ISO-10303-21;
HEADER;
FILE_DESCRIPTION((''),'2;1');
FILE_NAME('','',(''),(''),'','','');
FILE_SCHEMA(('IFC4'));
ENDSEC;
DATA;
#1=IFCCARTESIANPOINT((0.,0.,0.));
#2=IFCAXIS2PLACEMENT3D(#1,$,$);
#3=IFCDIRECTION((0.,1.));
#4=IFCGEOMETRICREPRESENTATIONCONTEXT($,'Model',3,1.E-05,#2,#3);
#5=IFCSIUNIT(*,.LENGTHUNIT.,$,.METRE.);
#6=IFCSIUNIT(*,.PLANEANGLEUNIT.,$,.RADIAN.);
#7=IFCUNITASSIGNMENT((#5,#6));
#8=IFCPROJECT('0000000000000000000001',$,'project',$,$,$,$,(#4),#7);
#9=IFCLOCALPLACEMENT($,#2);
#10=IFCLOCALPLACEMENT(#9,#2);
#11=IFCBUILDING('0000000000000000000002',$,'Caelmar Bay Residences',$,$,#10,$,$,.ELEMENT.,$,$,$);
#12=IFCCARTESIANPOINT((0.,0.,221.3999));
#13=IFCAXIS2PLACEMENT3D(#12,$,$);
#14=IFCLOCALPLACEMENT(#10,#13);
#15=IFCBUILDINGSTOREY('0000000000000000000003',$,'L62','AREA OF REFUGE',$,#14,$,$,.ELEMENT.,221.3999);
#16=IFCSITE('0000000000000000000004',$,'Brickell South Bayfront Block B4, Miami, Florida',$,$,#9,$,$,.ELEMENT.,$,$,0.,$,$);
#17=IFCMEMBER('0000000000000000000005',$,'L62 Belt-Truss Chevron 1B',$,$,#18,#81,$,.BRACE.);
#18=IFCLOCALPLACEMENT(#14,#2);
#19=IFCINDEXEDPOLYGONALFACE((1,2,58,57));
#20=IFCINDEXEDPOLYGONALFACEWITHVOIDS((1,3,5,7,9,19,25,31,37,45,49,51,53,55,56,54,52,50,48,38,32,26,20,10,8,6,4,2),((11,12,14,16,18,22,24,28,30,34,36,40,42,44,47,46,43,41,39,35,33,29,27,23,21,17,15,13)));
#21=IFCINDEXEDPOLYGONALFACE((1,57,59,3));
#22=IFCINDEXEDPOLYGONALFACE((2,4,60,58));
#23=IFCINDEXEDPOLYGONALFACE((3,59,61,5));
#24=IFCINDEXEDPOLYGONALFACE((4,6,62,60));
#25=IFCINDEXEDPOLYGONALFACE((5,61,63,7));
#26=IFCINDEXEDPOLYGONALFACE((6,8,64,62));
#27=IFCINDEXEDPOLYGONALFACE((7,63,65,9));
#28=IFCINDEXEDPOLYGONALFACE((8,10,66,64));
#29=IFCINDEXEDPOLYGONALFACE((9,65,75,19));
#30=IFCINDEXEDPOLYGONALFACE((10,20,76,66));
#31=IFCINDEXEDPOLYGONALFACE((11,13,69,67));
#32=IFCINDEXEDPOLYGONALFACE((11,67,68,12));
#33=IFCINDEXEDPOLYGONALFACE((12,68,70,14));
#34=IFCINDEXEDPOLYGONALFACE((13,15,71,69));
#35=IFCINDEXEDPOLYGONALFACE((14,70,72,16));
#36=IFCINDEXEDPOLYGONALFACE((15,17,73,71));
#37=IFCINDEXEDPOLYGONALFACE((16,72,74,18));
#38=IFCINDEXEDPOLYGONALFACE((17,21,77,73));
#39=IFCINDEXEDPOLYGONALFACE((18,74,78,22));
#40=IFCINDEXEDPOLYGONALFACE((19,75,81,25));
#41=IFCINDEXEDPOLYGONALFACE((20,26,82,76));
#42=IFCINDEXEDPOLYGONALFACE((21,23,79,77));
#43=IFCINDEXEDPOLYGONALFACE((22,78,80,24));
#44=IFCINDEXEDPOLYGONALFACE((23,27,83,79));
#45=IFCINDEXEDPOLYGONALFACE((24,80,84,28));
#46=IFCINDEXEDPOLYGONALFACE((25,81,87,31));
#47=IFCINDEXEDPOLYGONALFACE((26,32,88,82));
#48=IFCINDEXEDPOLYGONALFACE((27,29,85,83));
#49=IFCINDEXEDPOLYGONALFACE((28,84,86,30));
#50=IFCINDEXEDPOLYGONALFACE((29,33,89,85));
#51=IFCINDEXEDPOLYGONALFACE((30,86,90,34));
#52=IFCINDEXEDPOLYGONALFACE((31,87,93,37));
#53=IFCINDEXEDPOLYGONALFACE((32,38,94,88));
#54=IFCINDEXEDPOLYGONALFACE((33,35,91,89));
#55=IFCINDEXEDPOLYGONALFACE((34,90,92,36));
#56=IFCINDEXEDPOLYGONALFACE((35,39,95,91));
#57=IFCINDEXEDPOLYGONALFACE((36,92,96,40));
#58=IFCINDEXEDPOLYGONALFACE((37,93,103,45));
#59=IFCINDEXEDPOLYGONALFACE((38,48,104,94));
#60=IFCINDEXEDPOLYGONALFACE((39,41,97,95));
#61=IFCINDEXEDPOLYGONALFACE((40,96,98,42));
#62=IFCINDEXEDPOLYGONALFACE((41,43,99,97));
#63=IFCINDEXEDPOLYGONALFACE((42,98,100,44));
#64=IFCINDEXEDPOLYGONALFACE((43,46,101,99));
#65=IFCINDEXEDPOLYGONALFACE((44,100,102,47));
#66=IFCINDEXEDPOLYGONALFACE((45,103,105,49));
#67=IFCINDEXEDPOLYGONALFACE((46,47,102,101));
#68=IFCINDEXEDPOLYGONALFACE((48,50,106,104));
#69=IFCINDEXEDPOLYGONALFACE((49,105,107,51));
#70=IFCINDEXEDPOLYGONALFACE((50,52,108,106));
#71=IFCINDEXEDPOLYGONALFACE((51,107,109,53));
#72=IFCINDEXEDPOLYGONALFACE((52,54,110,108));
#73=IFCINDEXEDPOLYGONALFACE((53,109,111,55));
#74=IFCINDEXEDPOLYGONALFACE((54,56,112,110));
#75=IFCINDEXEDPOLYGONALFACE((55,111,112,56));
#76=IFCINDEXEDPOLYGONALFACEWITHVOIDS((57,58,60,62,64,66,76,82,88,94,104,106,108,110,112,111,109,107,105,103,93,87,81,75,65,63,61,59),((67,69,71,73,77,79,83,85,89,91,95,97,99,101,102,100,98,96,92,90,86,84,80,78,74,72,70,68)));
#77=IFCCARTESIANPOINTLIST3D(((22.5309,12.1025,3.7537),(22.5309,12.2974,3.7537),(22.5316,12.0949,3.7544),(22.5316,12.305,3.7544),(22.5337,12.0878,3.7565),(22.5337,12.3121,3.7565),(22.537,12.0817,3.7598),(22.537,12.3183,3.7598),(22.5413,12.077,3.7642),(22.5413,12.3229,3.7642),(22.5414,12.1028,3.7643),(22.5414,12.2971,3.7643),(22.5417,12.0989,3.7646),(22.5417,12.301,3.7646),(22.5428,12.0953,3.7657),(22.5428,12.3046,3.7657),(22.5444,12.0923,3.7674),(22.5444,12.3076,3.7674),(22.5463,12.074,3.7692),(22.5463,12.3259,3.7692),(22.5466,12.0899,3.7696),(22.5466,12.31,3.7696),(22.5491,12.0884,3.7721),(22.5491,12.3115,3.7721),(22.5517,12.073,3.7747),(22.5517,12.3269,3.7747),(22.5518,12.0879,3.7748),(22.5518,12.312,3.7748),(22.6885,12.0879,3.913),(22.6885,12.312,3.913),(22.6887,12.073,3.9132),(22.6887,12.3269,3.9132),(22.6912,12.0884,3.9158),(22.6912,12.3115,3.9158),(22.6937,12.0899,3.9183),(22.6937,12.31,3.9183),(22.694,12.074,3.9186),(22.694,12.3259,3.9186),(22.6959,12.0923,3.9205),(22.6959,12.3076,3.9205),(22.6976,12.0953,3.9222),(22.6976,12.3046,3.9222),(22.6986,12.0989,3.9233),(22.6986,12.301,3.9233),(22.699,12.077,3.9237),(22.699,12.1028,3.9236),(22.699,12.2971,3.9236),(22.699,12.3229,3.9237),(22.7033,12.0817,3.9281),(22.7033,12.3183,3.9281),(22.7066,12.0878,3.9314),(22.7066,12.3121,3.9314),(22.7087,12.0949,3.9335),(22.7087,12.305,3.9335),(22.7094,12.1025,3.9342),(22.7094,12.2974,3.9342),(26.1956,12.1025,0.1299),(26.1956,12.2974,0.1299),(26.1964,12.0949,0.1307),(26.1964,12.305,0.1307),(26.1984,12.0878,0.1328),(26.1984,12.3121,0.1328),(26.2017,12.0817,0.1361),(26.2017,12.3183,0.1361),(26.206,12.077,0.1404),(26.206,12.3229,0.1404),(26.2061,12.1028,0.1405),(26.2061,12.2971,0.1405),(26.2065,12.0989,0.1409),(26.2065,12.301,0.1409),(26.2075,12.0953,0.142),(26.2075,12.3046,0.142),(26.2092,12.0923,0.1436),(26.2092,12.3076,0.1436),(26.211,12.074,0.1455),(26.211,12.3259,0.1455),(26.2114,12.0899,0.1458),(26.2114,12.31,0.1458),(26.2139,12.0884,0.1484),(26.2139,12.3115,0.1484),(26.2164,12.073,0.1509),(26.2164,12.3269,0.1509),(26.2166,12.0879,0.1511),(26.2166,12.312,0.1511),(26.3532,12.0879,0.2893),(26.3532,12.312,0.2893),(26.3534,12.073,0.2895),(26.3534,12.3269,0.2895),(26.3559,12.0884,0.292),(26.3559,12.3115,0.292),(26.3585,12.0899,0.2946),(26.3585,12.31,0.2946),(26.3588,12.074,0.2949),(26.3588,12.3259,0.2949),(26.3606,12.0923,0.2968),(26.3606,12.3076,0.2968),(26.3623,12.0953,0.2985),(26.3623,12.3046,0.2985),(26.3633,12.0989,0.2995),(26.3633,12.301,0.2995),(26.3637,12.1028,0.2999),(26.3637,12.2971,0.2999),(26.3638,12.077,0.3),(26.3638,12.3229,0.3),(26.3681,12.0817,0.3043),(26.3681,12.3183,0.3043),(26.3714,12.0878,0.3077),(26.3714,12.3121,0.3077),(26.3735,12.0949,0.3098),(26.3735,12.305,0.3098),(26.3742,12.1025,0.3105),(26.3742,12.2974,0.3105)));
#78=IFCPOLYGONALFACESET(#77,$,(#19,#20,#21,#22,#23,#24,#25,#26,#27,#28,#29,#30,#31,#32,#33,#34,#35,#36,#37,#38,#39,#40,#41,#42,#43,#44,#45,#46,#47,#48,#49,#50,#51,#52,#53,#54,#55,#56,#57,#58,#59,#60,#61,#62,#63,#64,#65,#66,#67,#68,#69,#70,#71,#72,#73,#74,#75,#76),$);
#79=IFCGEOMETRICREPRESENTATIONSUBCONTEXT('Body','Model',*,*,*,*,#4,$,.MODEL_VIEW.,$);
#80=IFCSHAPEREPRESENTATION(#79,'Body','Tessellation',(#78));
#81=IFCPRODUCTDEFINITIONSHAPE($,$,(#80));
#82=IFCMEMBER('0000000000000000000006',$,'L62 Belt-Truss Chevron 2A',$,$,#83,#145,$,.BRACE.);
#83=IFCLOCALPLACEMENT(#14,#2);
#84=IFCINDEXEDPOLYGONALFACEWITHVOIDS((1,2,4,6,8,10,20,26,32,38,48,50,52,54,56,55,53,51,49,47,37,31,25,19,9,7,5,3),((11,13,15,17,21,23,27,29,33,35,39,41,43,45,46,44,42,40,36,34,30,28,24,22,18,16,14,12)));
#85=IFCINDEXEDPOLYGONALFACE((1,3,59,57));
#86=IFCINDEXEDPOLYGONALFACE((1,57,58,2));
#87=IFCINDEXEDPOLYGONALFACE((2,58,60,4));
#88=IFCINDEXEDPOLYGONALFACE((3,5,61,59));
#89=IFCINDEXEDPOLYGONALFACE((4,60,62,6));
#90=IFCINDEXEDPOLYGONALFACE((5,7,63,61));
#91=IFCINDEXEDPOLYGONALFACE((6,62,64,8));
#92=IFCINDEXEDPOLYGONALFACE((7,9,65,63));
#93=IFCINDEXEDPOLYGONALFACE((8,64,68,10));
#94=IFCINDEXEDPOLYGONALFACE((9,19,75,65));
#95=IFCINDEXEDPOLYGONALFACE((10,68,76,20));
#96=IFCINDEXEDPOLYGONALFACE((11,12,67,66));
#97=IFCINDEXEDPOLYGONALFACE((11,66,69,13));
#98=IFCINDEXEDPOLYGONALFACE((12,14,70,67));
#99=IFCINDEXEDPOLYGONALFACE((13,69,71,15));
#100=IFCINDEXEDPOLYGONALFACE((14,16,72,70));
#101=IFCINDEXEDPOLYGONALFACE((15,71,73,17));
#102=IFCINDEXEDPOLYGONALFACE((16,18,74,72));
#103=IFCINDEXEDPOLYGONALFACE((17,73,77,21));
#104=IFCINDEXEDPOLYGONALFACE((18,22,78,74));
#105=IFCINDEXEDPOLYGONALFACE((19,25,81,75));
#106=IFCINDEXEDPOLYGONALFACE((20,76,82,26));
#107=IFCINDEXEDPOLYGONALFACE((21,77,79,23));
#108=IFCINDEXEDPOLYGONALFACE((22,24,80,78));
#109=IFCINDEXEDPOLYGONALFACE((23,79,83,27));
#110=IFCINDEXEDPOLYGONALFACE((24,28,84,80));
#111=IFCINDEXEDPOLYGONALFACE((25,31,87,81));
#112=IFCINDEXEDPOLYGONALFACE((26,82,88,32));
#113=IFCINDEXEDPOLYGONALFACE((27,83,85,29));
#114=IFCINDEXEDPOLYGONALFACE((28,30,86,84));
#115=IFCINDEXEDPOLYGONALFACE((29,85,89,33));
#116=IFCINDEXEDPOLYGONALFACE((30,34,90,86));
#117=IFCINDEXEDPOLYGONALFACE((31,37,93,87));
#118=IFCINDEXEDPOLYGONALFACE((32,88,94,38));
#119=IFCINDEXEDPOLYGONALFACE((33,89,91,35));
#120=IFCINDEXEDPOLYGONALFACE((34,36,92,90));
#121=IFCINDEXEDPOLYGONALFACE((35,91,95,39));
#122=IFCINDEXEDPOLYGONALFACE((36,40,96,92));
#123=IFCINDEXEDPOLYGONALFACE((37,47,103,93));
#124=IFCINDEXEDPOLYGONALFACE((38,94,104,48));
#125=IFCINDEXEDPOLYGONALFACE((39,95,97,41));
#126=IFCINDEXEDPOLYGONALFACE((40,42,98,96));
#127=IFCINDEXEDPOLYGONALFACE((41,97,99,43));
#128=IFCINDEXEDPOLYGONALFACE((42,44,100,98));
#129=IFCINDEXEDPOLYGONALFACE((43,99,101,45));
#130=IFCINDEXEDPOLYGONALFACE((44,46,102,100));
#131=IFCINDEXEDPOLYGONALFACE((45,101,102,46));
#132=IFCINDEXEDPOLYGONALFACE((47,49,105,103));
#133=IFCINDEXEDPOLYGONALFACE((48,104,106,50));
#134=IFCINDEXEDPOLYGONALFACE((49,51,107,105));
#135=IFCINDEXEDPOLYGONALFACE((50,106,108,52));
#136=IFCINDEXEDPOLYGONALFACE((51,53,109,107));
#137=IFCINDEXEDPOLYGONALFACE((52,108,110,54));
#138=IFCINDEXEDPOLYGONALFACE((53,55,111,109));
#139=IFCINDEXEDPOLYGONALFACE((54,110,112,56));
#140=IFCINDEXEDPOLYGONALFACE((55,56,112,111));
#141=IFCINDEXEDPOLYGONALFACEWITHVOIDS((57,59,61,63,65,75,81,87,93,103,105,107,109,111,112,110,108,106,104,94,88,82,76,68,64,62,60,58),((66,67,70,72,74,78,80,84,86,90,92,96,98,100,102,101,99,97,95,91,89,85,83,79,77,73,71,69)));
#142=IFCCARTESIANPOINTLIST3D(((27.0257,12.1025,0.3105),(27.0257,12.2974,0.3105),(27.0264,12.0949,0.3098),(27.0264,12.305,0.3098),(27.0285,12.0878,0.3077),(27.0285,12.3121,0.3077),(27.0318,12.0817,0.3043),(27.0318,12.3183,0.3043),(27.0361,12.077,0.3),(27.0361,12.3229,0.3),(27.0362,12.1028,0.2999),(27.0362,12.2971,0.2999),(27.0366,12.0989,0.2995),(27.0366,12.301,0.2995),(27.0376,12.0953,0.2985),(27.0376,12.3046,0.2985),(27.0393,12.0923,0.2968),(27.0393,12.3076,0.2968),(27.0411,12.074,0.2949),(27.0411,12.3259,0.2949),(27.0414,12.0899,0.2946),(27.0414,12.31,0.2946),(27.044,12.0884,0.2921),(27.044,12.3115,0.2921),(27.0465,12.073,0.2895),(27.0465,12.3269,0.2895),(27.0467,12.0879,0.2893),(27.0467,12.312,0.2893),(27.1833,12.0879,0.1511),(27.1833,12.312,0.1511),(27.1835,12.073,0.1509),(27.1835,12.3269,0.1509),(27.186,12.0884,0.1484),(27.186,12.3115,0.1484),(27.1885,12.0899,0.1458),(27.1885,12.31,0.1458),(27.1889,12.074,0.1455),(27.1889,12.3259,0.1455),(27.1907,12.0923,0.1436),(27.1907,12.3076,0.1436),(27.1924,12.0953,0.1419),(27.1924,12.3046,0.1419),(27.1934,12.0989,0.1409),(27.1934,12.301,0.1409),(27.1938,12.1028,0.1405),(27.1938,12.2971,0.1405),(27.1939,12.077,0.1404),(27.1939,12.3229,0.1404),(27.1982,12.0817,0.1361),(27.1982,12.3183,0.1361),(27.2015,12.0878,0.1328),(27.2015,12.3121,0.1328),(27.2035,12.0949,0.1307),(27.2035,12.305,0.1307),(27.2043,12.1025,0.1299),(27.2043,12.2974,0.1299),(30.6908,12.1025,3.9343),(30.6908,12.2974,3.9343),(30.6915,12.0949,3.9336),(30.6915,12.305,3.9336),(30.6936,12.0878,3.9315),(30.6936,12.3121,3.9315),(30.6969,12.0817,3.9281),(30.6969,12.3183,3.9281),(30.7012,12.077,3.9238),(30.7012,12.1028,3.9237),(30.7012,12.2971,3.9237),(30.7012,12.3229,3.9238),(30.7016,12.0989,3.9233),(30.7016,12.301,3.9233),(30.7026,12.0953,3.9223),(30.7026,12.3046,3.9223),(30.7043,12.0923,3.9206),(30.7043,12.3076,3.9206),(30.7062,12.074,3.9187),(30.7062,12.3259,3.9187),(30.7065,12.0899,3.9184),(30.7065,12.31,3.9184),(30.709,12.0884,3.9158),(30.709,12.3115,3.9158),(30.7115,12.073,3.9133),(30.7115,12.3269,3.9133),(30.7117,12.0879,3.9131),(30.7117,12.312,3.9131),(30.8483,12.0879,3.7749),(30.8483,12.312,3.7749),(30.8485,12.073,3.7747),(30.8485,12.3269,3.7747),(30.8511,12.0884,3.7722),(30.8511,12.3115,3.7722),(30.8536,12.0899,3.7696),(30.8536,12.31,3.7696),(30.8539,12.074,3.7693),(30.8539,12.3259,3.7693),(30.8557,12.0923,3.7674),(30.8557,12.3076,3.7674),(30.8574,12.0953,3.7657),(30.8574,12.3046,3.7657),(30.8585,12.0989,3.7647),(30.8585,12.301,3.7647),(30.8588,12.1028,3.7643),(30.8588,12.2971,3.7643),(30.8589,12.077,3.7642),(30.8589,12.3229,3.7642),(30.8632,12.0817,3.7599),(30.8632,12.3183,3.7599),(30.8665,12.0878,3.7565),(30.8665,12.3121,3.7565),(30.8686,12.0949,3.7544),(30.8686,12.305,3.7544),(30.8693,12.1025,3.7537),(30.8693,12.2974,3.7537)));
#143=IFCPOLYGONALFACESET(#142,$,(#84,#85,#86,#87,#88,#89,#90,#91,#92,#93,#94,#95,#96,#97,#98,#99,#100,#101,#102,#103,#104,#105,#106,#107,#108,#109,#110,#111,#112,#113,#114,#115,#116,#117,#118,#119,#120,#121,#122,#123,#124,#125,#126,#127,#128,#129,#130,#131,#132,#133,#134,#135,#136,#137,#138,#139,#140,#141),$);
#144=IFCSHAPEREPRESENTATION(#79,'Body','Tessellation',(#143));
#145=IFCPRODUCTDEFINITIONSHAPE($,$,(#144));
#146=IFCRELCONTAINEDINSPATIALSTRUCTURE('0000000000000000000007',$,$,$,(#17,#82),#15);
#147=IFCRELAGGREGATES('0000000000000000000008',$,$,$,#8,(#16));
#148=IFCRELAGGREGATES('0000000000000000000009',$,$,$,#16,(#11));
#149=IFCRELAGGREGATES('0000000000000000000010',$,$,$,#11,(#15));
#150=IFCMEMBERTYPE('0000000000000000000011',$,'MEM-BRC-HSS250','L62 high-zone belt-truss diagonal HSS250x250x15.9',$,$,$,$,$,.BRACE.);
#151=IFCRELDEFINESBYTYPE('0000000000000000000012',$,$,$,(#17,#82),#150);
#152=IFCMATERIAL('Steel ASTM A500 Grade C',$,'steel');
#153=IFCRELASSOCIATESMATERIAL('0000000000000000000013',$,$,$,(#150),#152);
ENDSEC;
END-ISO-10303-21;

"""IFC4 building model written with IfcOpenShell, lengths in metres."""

from ifc_helpers import new_model, si_unit, direction, frame, origin, origin_2d, place, context, subcontext, project, spatial, hollow_rectangle, extrude, material, material_profile, profile_set, type_object, element, save


model = new_model("IFC4")

# Units and contexts
model_context = context("Model", 3, precision=1e-05, world=origin(), true_north=direction((0.0, 1.0)))
body_context = subcontext(model_context, "Body", "Model", "MODEL_VIEW")
ifc_project = project(units=[si_unit("LENGTHUNIT", "METRE"), si_unit("PLANEANGLEUNIT", "RADIAN")], contexts=[model_context])

# Site, building, storey
site_placement = place(None, origin())
site = spatial("IfcSite", under=ifc_project, at=site_placement, Name="Brickell South Bayfront Block B4, Miami, Florida", CompositionType="ELEMENT", RefElevation=0.0)
building_placement = place(site_placement, origin())
building = spatial("IfcBuilding", under=site, at=building_placement, Name="Caelmar Bay Residences", CompositionType="ELEMENT")
storey_placement = place(building_placement, frame((0.0, 0.0, 221.3999)))
storey = spatial("IfcBuildingStorey", under=building, at=storey_placement, Name="L62", Description="AREA OF REFUGE", CompositionType="ELEMENT", Elevation=221.3999)

# Members
ifc_material_1 = material(Name="Steel ASTM A500 Grade C", Category="steel")
ifc_material_profile_1 = material_profile(ifc_material_1, hollow_rectangle(XDim=0.2539, YDim=0.2539, WallThickness=0.0149, InnerFilletRadius=0.0149, OuterFilletRadius=0.0295, at=origin_2d()), Name="HSS250X250X15.9")
ifc_profile_set_1 = profile_set([ifc_material_profile_1], Name="Steel ASTM A500 Grade C")
member_type_1 = type_object("IfcMemberType", Name="MEM-BRC-HSS250", Description="L62 high-zone belt-truss diagonal HSS250x250x15.9", PredefinedType="BRACE", material=ifc_profile_set_1)
member_placement = place(storey_placement, frame((26.2849, 12.2, 0.2202), z_axis=(-0.711075, 0.0, 0.703116), x_axis=(0.0, -1.0, 0.0)))
element("IfcMember", 1, at=member_placement, inside=storey, type_object=member_type_1, Name="L62 Belt-Truss Chevron 1B", PredefinedType="BRACE", context=body_context, shape_type="SweptSolid", body=[
    extrude(hollow_rectangle(XDim=0.2539, YDim=0.2539, WallThickness=0.0149, InnerFilletRadius=0.0149, OuterFilletRadius=0.0295, at=origin_2d()), origin(), (0.0, 0.0, 1.0), 5.1538),
])
for number, where, z_axis, x_axis, name in (
    (2, (27.115, 12.2, 0.2202), (0.711098, 0.0, 0.703093), (0.0, 1.0, 0.0), "L62 Belt-Truss Chevron 2A"),
):
    element("IfcMember", number, at=place(storey_placement, frame(where, z_axis=z_axis, x_axis=x_axis)), inside=storey, type_object=member_type_1, Name=name, PredefinedType="BRACE", context=body_context, shape_type="SweptSolid", body=[
        extrude(hollow_rectangle(XDim=0.2539, YDim=0.2539, WallThickness=0.0149, InnerFilletRadius=0.0149, OuterFilletRadius=0.0295, at=origin_2d()), origin(), (0.0, 0.0, 1.0), 5.1541),
    ])

save(model, "model.ifc")
